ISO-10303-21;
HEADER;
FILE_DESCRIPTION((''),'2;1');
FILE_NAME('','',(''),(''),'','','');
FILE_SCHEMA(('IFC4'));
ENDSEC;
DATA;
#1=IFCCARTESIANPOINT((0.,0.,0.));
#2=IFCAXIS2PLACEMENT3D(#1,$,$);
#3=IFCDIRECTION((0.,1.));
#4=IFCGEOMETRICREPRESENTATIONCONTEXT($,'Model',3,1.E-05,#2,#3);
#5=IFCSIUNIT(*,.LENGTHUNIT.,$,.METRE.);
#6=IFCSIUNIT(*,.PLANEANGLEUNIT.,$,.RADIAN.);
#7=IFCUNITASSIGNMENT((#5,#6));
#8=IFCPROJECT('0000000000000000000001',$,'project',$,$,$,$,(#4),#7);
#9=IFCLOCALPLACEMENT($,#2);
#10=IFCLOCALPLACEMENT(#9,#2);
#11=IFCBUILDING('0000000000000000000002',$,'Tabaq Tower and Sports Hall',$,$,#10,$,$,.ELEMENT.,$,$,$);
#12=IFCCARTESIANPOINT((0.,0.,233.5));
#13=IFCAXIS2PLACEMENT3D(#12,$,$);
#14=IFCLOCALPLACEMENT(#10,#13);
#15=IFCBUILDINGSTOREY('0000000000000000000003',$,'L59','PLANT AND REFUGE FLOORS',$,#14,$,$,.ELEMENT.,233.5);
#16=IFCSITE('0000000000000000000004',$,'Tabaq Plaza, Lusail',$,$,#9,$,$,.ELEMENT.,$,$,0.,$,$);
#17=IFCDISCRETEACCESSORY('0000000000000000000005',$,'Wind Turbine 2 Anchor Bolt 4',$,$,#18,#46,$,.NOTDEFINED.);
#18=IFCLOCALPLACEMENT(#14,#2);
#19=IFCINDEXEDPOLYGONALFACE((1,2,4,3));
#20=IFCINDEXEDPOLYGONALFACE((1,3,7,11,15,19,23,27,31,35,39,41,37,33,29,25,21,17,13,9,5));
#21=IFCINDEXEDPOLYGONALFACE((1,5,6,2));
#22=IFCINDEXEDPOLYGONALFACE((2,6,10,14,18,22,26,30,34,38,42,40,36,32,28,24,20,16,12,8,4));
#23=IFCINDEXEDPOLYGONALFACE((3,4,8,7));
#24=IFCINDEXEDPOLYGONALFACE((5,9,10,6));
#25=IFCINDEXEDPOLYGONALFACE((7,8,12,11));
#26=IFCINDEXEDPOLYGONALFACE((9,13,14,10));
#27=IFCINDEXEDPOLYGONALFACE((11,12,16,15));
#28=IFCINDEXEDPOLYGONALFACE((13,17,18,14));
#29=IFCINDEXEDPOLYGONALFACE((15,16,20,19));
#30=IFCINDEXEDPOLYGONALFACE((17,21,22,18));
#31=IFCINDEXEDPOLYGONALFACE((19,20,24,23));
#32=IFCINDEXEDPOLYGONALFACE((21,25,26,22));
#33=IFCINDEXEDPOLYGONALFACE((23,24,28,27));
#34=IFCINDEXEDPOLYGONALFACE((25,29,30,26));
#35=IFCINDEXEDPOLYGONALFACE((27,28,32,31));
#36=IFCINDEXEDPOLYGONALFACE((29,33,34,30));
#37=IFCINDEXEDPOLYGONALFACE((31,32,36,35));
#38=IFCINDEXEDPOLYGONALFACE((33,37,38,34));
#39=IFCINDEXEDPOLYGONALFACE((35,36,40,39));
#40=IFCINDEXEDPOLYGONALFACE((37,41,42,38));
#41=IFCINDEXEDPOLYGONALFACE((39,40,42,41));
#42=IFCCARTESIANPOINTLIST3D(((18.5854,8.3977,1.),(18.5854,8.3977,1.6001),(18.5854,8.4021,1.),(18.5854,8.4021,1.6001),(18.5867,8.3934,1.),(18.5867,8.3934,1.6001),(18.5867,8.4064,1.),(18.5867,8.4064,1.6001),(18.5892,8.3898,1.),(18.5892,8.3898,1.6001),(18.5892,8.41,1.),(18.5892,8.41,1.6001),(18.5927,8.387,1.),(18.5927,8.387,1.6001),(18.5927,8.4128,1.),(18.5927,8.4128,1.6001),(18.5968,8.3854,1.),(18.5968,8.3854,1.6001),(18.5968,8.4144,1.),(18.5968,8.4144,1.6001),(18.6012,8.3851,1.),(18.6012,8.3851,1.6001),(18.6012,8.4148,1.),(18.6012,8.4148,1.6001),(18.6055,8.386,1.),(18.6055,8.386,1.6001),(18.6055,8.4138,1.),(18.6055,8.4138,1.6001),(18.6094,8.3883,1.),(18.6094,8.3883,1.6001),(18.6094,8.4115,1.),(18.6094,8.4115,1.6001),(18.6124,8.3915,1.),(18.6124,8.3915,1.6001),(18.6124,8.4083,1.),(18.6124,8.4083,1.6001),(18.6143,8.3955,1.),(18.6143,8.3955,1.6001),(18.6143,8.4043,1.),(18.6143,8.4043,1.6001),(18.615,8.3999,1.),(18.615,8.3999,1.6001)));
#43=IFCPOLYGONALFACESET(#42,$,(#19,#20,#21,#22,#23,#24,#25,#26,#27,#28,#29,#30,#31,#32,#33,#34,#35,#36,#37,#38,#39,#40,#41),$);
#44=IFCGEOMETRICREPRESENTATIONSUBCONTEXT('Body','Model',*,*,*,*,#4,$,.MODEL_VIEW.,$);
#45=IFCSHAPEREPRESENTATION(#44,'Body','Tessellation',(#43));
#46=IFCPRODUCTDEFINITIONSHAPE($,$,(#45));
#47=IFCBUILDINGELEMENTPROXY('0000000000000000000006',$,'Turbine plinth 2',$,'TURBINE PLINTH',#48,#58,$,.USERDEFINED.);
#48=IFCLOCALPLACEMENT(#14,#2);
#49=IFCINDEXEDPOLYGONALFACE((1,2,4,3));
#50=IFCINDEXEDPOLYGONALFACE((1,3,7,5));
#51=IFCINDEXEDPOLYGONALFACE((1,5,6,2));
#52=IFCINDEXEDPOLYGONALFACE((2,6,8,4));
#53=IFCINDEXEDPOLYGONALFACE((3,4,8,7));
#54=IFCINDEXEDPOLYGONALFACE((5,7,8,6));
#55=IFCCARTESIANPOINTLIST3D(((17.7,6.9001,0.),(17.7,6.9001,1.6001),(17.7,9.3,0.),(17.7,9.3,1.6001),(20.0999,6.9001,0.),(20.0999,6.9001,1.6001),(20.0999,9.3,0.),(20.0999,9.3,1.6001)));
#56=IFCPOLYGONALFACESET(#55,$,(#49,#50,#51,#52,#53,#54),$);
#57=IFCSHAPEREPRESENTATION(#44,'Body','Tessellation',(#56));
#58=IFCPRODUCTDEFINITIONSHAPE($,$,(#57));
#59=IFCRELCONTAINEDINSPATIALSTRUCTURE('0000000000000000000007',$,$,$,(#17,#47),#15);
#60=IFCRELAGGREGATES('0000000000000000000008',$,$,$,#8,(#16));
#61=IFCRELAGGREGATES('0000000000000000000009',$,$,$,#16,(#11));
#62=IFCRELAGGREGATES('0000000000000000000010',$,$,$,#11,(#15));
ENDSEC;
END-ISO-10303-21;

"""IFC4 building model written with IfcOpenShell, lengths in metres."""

from ifc_helpers import new_model, si_unit, direction, frame, origin, origin_2d, place, context, subcontext, project, spatial, rectangle, circle, extrude, element, save


model = new_model("IFC4")

# Units and contexts
model_context = context("Model", 3, precision=1e-05, world=origin(), true_north=direction((0.0, 1.0)))
body_context = subcontext(model_context, "Body", "Model", "MODEL_VIEW")
ifc_project = project(units=[si_unit("LENGTHUNIT", "METRE"), si_unit("PLANEANGLEUNIT", "RADIAN")], contexts=[model_context])

# Site, building, storey
site_placement = place(None, origin())
site = spatial("IfcSite", under=ifc_project, at=site_placement, Name="Tabaq Plaza, Lusail", CompositionType="ELEMENT", RefElevation=0.0)
building_placement = place(site_placement, origin())
building = spatial("IfcBuilding", under=site, at=building_placement, Name="Tabaq Tower and Sports Hall", CompositionType="ELEMENT")
storey_placement = place(building_placement, frame((0.0, 0.0, 233.5)))
storey = spatial("IfcBuildingStorey", under=building, at=storey_placement, Name="L59", Description="PLANT AND REFUGE FLOORS", CompositionType="ELEMENT", Elevation=233.5)

# Discrete accessory
for number, where, z_axis, x_axis, name in (
    (1, (18.6001, 8.3999, 1.6001), (0.0, 0.0, -1.0), (1.0, 0.0, 0.0), "Wind Turbine 2 Anchor Bolt 4"),
):
    element("IfcDiscreteAccessory", number, at=place(storey_placement, frame(where, z_axis=z_axis, x_axis=x_axis)), inside=storey, Name=name, PredefinedType="NOTDEFINED", context=body_context, shape_type="SweptSolid", body=[
        extrude(circle(Radius=0.0149, at=origin_2d()), origin(), (0.0, 0.0, 1.0), 0.6001),
    ])

# Building element proxy
proxy_placement = place(storey_placement, frame((18.8999, 8.1001, 0.0), z_axis=(0.0, 0.0, 1.0), x_axis=(1.0, 0.0, 0.0)))
element("IfcBuildingElementProxy", 2, at=proxy_placement, inside=storey, Name="Turbine plinth 2", ObjectType="TURBINE PLINTH", PredefinedType="USERDEFINED", context=body_context, shape_type="SweptSolid", body=[
    extrude(rectangle(XDim=2.3999, YDim=2.3999, at=origin_2d()), origin(), (0.0, 0.0, 1.0), 1.6001),
])

save(model, "model.ifc")
